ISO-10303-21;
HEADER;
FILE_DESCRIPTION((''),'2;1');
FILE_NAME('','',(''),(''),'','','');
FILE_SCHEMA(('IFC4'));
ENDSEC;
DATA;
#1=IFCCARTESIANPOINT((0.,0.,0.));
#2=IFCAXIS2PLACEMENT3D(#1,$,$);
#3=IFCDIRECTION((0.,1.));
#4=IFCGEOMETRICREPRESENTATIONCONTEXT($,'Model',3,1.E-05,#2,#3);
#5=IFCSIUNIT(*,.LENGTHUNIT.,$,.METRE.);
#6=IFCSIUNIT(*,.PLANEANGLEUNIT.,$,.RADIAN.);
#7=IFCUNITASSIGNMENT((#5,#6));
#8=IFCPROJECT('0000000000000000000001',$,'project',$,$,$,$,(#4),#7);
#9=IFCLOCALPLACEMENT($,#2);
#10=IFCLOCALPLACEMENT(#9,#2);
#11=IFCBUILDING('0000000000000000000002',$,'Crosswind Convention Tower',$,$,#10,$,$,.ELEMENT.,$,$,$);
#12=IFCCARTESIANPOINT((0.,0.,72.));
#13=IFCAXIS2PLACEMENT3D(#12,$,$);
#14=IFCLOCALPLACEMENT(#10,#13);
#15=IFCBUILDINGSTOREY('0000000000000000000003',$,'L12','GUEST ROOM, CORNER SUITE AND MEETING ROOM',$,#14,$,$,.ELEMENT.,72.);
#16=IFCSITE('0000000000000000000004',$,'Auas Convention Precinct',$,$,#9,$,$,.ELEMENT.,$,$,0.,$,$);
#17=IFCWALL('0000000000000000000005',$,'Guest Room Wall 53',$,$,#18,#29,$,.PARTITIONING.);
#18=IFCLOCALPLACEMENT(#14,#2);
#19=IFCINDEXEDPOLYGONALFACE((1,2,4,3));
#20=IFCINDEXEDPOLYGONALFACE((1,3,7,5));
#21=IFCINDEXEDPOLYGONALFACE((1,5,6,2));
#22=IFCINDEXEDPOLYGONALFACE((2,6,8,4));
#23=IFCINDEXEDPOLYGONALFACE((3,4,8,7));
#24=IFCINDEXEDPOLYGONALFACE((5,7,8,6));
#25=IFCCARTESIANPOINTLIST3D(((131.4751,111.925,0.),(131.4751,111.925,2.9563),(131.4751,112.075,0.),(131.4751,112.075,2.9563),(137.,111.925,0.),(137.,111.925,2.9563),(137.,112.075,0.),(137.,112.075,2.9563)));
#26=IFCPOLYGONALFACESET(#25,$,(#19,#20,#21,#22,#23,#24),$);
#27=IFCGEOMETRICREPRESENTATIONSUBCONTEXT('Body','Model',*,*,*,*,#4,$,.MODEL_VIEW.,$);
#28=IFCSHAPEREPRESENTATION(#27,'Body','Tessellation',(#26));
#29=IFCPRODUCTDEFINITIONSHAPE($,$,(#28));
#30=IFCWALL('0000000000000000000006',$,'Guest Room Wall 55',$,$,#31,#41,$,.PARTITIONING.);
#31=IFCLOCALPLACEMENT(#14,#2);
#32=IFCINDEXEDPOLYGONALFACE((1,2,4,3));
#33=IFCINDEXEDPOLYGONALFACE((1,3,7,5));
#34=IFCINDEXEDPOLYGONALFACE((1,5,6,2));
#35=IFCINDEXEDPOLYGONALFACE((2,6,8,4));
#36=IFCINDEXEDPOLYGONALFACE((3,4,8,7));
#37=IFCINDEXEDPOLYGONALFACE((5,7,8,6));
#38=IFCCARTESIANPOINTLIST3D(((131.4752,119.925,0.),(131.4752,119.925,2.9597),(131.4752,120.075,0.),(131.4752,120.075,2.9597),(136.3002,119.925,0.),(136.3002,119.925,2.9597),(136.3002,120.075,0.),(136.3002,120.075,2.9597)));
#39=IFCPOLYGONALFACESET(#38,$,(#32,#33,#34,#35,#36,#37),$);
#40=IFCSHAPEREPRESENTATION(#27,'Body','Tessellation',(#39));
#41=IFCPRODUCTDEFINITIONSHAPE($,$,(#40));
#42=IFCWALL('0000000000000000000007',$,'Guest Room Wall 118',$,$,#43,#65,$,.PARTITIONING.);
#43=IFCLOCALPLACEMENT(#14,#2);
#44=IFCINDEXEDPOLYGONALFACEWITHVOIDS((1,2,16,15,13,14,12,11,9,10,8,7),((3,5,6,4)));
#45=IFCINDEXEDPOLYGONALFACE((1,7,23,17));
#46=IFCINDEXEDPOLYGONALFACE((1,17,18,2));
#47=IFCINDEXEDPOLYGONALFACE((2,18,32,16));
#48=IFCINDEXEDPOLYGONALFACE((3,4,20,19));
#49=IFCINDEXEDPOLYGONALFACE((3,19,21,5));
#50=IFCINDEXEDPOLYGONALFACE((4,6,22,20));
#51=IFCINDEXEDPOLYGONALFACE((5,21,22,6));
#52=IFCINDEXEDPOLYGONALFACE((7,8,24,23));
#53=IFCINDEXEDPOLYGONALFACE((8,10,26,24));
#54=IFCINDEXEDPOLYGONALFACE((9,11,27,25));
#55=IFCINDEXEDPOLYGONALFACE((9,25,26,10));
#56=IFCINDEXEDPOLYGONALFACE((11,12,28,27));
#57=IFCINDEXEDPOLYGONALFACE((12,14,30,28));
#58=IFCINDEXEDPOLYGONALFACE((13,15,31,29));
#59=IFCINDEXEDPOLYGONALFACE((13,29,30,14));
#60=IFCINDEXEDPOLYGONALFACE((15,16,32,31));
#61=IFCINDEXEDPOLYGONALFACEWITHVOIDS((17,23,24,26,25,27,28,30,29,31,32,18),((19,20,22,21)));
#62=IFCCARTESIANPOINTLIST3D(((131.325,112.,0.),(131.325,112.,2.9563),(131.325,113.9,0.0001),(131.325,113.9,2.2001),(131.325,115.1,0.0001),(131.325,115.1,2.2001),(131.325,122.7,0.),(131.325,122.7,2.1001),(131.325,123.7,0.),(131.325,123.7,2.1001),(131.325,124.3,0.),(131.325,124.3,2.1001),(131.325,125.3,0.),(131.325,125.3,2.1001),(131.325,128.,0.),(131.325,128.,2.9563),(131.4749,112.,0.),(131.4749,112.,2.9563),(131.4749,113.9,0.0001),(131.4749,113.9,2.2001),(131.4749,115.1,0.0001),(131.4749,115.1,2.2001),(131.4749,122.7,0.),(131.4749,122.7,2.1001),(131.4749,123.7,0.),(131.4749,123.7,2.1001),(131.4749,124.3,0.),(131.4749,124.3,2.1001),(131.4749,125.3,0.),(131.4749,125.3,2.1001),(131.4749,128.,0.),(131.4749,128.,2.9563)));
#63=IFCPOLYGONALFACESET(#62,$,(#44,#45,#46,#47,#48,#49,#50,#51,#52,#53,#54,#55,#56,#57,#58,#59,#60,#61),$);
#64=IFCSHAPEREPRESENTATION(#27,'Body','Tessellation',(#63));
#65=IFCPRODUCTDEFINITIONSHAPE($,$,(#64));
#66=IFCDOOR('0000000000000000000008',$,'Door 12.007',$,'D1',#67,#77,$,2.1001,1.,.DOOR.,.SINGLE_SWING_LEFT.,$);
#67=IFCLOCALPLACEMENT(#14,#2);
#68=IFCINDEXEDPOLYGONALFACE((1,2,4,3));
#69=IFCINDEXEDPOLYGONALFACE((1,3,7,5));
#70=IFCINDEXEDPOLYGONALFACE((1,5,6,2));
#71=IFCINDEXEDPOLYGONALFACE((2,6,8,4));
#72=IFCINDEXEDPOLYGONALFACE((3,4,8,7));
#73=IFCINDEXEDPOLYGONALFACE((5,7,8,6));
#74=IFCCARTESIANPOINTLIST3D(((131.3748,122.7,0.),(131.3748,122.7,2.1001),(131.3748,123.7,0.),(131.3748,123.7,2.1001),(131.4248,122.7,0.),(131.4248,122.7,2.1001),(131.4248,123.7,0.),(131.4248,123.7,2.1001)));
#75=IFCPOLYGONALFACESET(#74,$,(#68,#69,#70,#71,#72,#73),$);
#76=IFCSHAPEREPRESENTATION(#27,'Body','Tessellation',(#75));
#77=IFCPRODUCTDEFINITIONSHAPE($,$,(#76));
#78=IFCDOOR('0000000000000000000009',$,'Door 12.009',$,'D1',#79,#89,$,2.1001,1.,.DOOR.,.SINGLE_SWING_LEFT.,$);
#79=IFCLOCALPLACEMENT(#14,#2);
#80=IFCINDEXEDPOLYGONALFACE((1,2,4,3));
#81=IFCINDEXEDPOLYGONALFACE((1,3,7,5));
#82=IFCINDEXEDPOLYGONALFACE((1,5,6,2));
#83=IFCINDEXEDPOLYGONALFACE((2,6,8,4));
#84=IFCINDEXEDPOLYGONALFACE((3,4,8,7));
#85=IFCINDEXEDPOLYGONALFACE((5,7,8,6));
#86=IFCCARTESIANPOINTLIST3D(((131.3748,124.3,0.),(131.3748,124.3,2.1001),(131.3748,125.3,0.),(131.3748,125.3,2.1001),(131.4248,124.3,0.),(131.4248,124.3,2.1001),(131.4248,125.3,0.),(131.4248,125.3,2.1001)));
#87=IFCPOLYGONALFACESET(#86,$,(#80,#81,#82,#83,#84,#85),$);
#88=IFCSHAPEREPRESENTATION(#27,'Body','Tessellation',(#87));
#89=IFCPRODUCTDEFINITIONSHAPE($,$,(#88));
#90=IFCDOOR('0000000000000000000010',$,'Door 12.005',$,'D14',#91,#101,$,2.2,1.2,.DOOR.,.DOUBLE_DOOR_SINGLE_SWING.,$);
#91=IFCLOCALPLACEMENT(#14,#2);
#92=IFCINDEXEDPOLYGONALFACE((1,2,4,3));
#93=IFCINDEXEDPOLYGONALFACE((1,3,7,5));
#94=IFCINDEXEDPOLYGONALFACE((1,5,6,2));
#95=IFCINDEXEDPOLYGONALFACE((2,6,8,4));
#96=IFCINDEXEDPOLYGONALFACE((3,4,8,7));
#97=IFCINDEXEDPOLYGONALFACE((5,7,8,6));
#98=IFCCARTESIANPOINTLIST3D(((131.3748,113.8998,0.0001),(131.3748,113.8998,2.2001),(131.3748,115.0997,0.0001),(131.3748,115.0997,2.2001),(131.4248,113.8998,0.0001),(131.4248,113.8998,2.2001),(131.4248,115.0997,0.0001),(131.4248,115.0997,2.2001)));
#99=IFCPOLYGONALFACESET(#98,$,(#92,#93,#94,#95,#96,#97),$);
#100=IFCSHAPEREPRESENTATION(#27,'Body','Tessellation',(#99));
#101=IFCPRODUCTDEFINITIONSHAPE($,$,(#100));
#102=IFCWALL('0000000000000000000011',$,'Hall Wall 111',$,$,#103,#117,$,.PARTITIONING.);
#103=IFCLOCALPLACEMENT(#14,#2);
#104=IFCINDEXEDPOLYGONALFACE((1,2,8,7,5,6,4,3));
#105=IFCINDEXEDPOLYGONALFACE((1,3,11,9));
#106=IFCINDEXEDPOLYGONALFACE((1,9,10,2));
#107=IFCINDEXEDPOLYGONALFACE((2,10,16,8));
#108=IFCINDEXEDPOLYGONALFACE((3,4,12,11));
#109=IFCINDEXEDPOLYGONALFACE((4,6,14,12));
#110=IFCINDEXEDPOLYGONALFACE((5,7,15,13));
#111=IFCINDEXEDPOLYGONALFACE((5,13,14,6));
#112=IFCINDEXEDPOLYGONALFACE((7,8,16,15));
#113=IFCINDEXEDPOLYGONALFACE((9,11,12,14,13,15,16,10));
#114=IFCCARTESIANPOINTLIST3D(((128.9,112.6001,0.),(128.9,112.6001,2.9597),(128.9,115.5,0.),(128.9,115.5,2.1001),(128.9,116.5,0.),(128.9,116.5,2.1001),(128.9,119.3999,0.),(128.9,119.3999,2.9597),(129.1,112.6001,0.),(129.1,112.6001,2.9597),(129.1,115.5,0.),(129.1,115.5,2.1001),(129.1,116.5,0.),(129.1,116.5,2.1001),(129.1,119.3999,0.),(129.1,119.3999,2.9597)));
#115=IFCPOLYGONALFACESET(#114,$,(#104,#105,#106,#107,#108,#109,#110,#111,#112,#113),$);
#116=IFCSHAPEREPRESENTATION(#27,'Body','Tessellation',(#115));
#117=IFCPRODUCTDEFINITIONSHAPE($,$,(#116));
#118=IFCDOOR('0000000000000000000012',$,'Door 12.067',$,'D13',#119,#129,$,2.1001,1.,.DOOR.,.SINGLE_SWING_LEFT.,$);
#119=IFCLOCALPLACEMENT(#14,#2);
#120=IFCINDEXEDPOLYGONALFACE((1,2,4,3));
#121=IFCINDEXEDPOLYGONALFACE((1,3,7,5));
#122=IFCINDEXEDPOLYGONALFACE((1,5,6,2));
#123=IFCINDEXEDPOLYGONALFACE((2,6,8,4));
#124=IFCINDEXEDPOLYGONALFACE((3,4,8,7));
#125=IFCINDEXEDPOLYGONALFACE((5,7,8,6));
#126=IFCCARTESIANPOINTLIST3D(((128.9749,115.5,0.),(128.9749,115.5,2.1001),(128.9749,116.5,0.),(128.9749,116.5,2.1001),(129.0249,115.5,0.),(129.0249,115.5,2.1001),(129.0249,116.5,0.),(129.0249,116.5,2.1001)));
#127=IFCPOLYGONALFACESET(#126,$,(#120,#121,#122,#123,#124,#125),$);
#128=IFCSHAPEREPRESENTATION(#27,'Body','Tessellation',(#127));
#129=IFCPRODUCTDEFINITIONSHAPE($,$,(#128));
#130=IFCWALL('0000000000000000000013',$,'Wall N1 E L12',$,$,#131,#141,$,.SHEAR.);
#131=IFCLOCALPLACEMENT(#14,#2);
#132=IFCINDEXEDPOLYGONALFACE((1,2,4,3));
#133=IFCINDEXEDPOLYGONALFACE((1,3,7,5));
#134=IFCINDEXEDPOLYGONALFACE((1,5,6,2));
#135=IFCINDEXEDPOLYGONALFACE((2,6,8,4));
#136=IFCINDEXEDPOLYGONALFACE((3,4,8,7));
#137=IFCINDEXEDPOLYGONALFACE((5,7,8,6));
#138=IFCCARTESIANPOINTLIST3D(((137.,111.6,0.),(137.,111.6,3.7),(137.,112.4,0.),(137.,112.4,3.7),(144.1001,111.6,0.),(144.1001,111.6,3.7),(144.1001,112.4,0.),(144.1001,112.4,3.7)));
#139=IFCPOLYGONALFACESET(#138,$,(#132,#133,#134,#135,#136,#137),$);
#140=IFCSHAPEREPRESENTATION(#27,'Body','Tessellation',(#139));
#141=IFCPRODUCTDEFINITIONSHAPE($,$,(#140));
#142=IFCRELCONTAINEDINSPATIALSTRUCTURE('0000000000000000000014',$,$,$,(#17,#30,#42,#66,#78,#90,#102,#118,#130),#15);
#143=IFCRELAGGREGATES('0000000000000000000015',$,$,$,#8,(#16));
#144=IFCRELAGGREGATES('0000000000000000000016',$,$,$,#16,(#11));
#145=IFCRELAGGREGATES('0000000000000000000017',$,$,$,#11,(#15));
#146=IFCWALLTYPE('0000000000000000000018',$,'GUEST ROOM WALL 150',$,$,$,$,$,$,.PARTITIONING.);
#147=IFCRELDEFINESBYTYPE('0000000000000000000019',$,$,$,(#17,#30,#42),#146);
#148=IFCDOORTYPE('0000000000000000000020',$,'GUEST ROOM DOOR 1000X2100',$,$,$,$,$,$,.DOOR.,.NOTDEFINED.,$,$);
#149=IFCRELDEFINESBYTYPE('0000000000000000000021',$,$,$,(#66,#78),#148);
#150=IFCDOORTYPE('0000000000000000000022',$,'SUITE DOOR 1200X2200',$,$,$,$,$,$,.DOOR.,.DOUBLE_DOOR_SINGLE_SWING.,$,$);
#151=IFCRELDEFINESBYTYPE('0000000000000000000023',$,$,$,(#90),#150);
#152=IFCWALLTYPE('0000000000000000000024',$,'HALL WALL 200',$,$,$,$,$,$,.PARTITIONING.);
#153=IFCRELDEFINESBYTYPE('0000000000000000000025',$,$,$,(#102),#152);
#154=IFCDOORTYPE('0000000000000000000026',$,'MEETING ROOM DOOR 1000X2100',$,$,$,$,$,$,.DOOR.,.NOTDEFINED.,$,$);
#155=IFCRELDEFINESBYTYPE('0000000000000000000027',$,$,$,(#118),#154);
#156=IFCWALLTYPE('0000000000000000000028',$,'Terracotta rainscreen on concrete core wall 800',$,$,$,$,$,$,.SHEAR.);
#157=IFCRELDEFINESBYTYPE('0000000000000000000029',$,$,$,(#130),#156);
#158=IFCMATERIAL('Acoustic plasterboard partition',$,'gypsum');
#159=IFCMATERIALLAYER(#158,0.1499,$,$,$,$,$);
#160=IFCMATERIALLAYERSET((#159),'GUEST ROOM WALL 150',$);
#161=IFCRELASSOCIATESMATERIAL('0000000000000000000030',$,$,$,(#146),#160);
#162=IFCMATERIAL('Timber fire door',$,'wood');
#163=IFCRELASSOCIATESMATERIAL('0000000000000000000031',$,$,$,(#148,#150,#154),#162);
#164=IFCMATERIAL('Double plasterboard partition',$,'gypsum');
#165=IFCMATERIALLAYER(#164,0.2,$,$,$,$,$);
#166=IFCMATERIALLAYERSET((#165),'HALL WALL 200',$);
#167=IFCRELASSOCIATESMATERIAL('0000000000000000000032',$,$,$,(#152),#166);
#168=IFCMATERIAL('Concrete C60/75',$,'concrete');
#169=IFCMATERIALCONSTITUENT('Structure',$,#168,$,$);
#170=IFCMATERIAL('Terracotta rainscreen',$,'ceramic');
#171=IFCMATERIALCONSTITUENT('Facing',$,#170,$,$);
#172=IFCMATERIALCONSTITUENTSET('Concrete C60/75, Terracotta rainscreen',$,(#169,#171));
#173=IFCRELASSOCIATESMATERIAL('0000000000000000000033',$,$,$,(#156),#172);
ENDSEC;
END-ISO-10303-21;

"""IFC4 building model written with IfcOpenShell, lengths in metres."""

from ifc_helpers import new_model, si_unit, direction, frame, frame_2d, origin, place, context, subcontext, project, spatial, rectangle, extrude, material, layer, layer_set, constituent, constituent_set, type_object, element, fill, save


model = new_model("IFC4")

# Units and contexts
model_context = context("Model", 3, precision=1e-05, world=origin(), true_north=direction((0.0, 1.0)))
body_context = subcontext(model_context, "Body", "Model", "MODEL_VIEW")
ifc_project = project(units=[si_unit("LENGTHUNIT", "METRE"), si_unit("PLANEANGLEUNIT", "RADIAN")], contexts=[model_context])

# Site, building, storey
site_placement = place(None, origin())
site = spatial("IfcSite", under=ifc_project, at=site_placement, Name="Auas Convention Precinct", CompositionType="ELEMENT", RefElevation=0.0)
building_placement = place(site_placement, origin())
building = spatial("IfcBuilding", under=site, at=building_placement, Name="Crosswind Convention Tower", CompositionType="ELEMENT")
storey_placement = place(building_placement, frame((0.0, 0.0, 72.0)))
storey = spatial("IfcBuildingStorey", under=building, at=storey_placement, Name="L12", Description="GUEST ROOM, CORNER SUITE AND MEETING ROOM", CompositionType="ELEMENT", Elevation=72.0)

# Walls
ifc_material_1 = material(Name="Acoustic plasterboard partition", Category="gypsum")
ifc_layer_1 = layer(ifc_material_1, 0.1499)
ifc_layer_set_1 = layer_set([ifc_layer_1], Name="GUEST ROOM WALL 150")
wall_type_1 = type_object("IfcWallType", Name="GUEST ROOM WALL 150", PredefinedType="PARTITIONING", material=ifc_layer_set_1)
wall_1_placement = place(storey_placement, frame((131.4751, 112.0, 0.0), z_axis=(0.0, 0.0, 1.0), x_axis=(1.0, 0.0, 0.0)))
element("IfcWall", 1, at=wall_1_placement, inside=storey, type_object=wall_type_1, Name="Guest Room Wall 53", PredefinedType="PARTITIONING", context=body_context, shape_type="SweptSolid", body=[
    extrude(rectangle(XDim=5.5249, YDim=0.1499, at=frame_2d((2.7625, 0.0))), origin(), (0.0, 0.0, 1.0), 2.9563),
])
wall_2_placement = place(storey_placement, frame((131.4751, 120.0, 0.0), z_axis=(0.0, 0.0, 1.0), x_axis=(1.0, 0.0, 0.0)))
element("IfcWall", 2, at=wall_2_placement, inside=storey, type_object=wall_type_1, Name="Guest Room Wall 55", PredefinedType="PARTITIONING", context=body_context, shape_type="SweptSolid", body=[
    extrude(rectangle(XDim=4.825, YDim=0.1499, at=frame_2d((2.4126, 0.0))), origin(), (0.0, 0.0, 1.0), 2.9597),
])

# Wall, openings, doors
wall_3_placement = place(storey_placement, frame((131.3999, 112.0, 0.0), z_axis=(0.0, 0.0, 1.0), x_axis=(0.0, 1.0, 0.0)))
wall_3 = element("IfcWall", 3, at=wall_3_placement, inside=storey, type_object=wall_type_1, Name="Guest Room Wall 118", PredefinedType="PARTITIONING", context=body_context, shape_type="SweptSolid", body=[
    extrude(rectangle(XDim=16.0, YDim=0.1499, at=frame_2d((8.0, 0.0))), origin(), (0.0, 0.0, 1.0), 2.9563),
])
opening_1_placement = place(wall_3_placement, frame((1.8999, 0.0, 0.0)))
opening_1 = element("IfcOpeningElement", 4, at=opening_1_placement, cuts=wall_3, PredefinedType="OPENING", context=body_context, shape_type="SweptSolid", body=[
    extrude(rectangle(XDim=1.2, YDim=2.2, at=frame_2d((0.6001, 1.1001))), frame((0.0, 0.085, 0.0), z_axis=(0.0, -1.0, 0.0), x_axis=(1.0, 0.0, 0.0)), (0.0, 0.0, 1.0), 0.1699),
])
opening_2_placement = place(wall_3_placement, frame((10.7, 0.0, 0.0)))
opening_2 = element("IfcOpeningElement", 5, at=opening_2_placement, cuts=wall_3, PredefinedType="OPENING", context=body_context, shape_type="SweptSolid", body=[
    extrude(rectangle(XDim=1.0, YDim=2.1001, at=frame_2d((0.5, 1.05))), frame((0.0, 0.085, 0.0), z_axis=(0.0, -1.0, 0.0), x_axis=(1.0, 0.0, 0.0)), (0.0, 0.0, 1.0), 0.1699),
])
opening_3_placement = place(wall_3_placement, frame((12.3, 0.0, 0.0)))
opening_3 = element("IfcOpeningElement", 6, at=opening_3_placement, cuts=wall_3, PredefinedType="OPENING", context=body_context, shape_type="SweptSolid", body=[
    extrude(rectangle(XDim=1.0, YDim=2.1001, at=frame_2d((0.5, 1.05))), frame((0.0, 0.085, 0.0), z_axis=(0.0, -1.0, 0.0), x_axis=(1.0, 0.0, 0.0)), (0.0, 0.0, 1.0), 0.1699),
])
ifc_material_2 = material(Name="Timber fire door", Category="wood")
door_type_1 = type_object("IfcDoorType", Name="GUEST ROOM DOOR 1000X2100", OperationType="NOTDEFINED", PredefinedType="DOOR", material=ifc_material_2)
door_1_placement = place(opening_2_placement, frame((1.0, 0.0, 0.0), z_axis=(0.0, 0.0, 1.0), x_axis=(-1.0, 0.0, 0.0)))
door_1 = element("IfcDoor", 7, at=door_1_placement, inside=storey, type_object=door_type_1, Name="Door 12.007", ObjectType="D1", OperationType="SINGLE_SWING_LEFT", OverallHeight=2.1001, OverallWidth=1.0, PredefinedType="DOOR", context=body_context, shape_type="SweptSolid", body=[
    extrude(rectangle(XDim=1.0, YDim=2.1001, at=frame_2d((0.5, 1.05))), frame((0.0, 0.0249, 0.0), z_axis=(0.0, -1.0, 0.0), x_axis=(1.0, 0.0, 0.0)), (0.0, 0.0, 1.0), 0.05),
])
fill(opening_2, door_1)
door_2_placement = place(opening_3_placement, frame((1.0, 0.0, 0.0), z_axis=(0.0, 0.0, 1.0), x_axis=(-1.0, 0.0, 0.0)))
door_2 = element("IfcDoor", 8, at=door_2_placement, inside=storey, type_object=door_type_1, Name="Door 12.009", ObjectType="D1", OperationType="SINGLE_SWING_LEFT", OverallHeight=2.1001, OverallWidth=1.0, PredefinedType="DOOR", context=body_context, shape_type="SweptSolid", body=[
    extrude(rectangle(XDim=1.0, YDim=2.1001, at=frame_2d((0.5, 1.05))), frame((0.0, 0.0249, 0.0), z_axis=(0.0, -1.0, 0.0), x_axis=(1.0, 0.0, 0.0)), (0.0, 0.0, 1.0), 0.05),
])
fill(opening_3, door_2)
door_type_2 = type_object("IfcDoorType", Name="SUITE DOOR 1200X2200", OperationType="DOUBLE_DOOR_SINGLE_SWING", PredefinedType="DOOR", material=ifc_material_2)
door_3_placement = place(opening_1_placement, frame((1.2, 0.0, 0.0), z_axis=(0.0, 0.0, 1.0), x_axis=(-1.0, 0.0, 0.0)))
door_3 = element("IfcDoor", 9, at=door_3_placement, inside=storey, type_object=door_type_2, Name="Door 12.005", ObjectType="D14", OperationType="DOUBLE_DOOR_SINGLE_SWING", OverallHeight=2.2, OverallWidth=1.2, PredefinedType="DOOR", context=body_context, shape_type="SweptSolid", body=[
    extrude(rectangle(XDim=1.2, YDim=2.2, at=frame_2d((0.6001, 1.1001))), frame((0.0, 0.0249, 0.0), z_axis=(0.0, -1.0, 0.0), x_axis=(1.0, 0.0, 0.0)), (0.0, 0.0, 1.0), 0.05),
])
fill(opening_1, door_3)

# Wall, opening, door
ifc_material_3 = material(Name="Double plasterboard partition", Category="gypsum")
ifc_layer_2 = layer(ifc_material_3, 0.2)
ifc_layer_set_2 = layer_set([ifc_layer_2], Name="HALL WALL 200")
wall_type_2 = type_object("IfcWallType", Name="HALL WALL 200", PredefinedType="PARTITIONING", material=ifc_layer_set_2)
wall_4_placement = place(storey_placement, frame((129.0, 112.6001, 0.0), z_axis=(0.0, 0.0, 1.0), x_axis=(0.0, 1.0, 0.0)))
wall_4 = element("IfcWall", 10, at=wall_4_placement, inside=storey, type_object=wall_type_2, Name="Hall Wall 111", PredefinedType="PARTITIONING", context=body_context, shape_type="SweptSolid", body=[
    extrude(rectangle(XDim=6.7998, YDim=0.2, at=frame_2d((3.3999, 0.0))), origin(), (0.0, 0.0, 1.0), 2.9597),
])
opening_4_placement = place(wall_4_placement, frame((2.8999, 0.0, 0.0)))
opening_4 = element("IfcOpeningElement", 11, at=opening_4_placement, cuts=wall_4, PredefinedType="OPENING", context=body_context, shape_type="SweptSolid", body=[
    extrude(rectangle(XDim=1.0, YDim=2.1001, at=frame_2d((0.5, 1.05))), frame((0.0, 0.1099, 0.0), z_axis=(0.0, -1.0, 0.0), x_axis=(1.0, 0.0, 0.0)), (0.0, 0.0, 1.0), 0.22),
])
door_type_3 = type_object("IfcDoorType", Name="MEETING ROOM DOOR 1000X2100", OperationType="NOTDEFINED", PredefinedType="DOOR", material=ifc_material_2)
door_4_placement = place(opening_4_placement, frame((1.0, 0.0, 0.0), z_axis=(0.0, 0.0, 1.0), x_axis=(-1.0, 0.0, 0.0)))
door_4 = element("IfcDoor", 12, at=door_4_placement, inside=storey, type_object=door_type_3, Name="Door 12.067", ObjectType="D13", OperationType="SINGLE_SWING_LEFT", OverallHeight=2.1001, OverallWidth=1.0, PredefinedType="DOOR", context=body_context, shape_type="SweptSolid", body=[
    extrude(rectangle(XDim=1.0, YDim=2.1001, at=frame_2d((0.5, 1.05))), frame((0.0, 0.0249, 0.0), z_axis=(0.0, -1.0, 0.0), x_axis=(1.0, 0.0, 0.0)), (0.0, 0.0, 1.0), 0.05),
])
fill(opening_4, door_4)

# Wall
ifc_material_4 = material(Name="Concrete C60/75", Category="concrete")
ifc_constituent_1 = constituent(ifc_material_4, Name="Structure")
ifc_material_5 = material(Name="Terracotta rainscreen", Category="ceramic")
ifc_constituent_2 = constituent(ifc_material_5, Name="Facing")
ifc_constituent_set = constituent_set(constituents=[ifc_constituent_1, ifc_constituent_2], Name="Concrete C60/75, Terracotta rainscreen")
wall_type_3 = type_object("IfcWallType", Name="Terracotta rainscreen on concrete core wall 800", PredefinedType="SHEAR", material=ifc_constituent_set)
wall_5_placement = place(storey_placement, frame((137.0, 112.0, 0.0), z_axis=(0.0, 0.0, 1.0), x_axis=(1.0, 0.0, 0.0)))
element("IfcWall", 13, at=wall_5_placement, inside=storey, type_object=wall_type_3, Name="Wall N1 E L12", PredefinedType="SHEAR", context=body_context, shape_type="SweptSolid", body=[
    extrude(rectangle(XDim=7.1001, YDim=0.8, at=frame_2d((3.55, 0.0))), origin(), (0.0, 0.0, 1.0), 3.7),
])

save(model, "model.ifc")
